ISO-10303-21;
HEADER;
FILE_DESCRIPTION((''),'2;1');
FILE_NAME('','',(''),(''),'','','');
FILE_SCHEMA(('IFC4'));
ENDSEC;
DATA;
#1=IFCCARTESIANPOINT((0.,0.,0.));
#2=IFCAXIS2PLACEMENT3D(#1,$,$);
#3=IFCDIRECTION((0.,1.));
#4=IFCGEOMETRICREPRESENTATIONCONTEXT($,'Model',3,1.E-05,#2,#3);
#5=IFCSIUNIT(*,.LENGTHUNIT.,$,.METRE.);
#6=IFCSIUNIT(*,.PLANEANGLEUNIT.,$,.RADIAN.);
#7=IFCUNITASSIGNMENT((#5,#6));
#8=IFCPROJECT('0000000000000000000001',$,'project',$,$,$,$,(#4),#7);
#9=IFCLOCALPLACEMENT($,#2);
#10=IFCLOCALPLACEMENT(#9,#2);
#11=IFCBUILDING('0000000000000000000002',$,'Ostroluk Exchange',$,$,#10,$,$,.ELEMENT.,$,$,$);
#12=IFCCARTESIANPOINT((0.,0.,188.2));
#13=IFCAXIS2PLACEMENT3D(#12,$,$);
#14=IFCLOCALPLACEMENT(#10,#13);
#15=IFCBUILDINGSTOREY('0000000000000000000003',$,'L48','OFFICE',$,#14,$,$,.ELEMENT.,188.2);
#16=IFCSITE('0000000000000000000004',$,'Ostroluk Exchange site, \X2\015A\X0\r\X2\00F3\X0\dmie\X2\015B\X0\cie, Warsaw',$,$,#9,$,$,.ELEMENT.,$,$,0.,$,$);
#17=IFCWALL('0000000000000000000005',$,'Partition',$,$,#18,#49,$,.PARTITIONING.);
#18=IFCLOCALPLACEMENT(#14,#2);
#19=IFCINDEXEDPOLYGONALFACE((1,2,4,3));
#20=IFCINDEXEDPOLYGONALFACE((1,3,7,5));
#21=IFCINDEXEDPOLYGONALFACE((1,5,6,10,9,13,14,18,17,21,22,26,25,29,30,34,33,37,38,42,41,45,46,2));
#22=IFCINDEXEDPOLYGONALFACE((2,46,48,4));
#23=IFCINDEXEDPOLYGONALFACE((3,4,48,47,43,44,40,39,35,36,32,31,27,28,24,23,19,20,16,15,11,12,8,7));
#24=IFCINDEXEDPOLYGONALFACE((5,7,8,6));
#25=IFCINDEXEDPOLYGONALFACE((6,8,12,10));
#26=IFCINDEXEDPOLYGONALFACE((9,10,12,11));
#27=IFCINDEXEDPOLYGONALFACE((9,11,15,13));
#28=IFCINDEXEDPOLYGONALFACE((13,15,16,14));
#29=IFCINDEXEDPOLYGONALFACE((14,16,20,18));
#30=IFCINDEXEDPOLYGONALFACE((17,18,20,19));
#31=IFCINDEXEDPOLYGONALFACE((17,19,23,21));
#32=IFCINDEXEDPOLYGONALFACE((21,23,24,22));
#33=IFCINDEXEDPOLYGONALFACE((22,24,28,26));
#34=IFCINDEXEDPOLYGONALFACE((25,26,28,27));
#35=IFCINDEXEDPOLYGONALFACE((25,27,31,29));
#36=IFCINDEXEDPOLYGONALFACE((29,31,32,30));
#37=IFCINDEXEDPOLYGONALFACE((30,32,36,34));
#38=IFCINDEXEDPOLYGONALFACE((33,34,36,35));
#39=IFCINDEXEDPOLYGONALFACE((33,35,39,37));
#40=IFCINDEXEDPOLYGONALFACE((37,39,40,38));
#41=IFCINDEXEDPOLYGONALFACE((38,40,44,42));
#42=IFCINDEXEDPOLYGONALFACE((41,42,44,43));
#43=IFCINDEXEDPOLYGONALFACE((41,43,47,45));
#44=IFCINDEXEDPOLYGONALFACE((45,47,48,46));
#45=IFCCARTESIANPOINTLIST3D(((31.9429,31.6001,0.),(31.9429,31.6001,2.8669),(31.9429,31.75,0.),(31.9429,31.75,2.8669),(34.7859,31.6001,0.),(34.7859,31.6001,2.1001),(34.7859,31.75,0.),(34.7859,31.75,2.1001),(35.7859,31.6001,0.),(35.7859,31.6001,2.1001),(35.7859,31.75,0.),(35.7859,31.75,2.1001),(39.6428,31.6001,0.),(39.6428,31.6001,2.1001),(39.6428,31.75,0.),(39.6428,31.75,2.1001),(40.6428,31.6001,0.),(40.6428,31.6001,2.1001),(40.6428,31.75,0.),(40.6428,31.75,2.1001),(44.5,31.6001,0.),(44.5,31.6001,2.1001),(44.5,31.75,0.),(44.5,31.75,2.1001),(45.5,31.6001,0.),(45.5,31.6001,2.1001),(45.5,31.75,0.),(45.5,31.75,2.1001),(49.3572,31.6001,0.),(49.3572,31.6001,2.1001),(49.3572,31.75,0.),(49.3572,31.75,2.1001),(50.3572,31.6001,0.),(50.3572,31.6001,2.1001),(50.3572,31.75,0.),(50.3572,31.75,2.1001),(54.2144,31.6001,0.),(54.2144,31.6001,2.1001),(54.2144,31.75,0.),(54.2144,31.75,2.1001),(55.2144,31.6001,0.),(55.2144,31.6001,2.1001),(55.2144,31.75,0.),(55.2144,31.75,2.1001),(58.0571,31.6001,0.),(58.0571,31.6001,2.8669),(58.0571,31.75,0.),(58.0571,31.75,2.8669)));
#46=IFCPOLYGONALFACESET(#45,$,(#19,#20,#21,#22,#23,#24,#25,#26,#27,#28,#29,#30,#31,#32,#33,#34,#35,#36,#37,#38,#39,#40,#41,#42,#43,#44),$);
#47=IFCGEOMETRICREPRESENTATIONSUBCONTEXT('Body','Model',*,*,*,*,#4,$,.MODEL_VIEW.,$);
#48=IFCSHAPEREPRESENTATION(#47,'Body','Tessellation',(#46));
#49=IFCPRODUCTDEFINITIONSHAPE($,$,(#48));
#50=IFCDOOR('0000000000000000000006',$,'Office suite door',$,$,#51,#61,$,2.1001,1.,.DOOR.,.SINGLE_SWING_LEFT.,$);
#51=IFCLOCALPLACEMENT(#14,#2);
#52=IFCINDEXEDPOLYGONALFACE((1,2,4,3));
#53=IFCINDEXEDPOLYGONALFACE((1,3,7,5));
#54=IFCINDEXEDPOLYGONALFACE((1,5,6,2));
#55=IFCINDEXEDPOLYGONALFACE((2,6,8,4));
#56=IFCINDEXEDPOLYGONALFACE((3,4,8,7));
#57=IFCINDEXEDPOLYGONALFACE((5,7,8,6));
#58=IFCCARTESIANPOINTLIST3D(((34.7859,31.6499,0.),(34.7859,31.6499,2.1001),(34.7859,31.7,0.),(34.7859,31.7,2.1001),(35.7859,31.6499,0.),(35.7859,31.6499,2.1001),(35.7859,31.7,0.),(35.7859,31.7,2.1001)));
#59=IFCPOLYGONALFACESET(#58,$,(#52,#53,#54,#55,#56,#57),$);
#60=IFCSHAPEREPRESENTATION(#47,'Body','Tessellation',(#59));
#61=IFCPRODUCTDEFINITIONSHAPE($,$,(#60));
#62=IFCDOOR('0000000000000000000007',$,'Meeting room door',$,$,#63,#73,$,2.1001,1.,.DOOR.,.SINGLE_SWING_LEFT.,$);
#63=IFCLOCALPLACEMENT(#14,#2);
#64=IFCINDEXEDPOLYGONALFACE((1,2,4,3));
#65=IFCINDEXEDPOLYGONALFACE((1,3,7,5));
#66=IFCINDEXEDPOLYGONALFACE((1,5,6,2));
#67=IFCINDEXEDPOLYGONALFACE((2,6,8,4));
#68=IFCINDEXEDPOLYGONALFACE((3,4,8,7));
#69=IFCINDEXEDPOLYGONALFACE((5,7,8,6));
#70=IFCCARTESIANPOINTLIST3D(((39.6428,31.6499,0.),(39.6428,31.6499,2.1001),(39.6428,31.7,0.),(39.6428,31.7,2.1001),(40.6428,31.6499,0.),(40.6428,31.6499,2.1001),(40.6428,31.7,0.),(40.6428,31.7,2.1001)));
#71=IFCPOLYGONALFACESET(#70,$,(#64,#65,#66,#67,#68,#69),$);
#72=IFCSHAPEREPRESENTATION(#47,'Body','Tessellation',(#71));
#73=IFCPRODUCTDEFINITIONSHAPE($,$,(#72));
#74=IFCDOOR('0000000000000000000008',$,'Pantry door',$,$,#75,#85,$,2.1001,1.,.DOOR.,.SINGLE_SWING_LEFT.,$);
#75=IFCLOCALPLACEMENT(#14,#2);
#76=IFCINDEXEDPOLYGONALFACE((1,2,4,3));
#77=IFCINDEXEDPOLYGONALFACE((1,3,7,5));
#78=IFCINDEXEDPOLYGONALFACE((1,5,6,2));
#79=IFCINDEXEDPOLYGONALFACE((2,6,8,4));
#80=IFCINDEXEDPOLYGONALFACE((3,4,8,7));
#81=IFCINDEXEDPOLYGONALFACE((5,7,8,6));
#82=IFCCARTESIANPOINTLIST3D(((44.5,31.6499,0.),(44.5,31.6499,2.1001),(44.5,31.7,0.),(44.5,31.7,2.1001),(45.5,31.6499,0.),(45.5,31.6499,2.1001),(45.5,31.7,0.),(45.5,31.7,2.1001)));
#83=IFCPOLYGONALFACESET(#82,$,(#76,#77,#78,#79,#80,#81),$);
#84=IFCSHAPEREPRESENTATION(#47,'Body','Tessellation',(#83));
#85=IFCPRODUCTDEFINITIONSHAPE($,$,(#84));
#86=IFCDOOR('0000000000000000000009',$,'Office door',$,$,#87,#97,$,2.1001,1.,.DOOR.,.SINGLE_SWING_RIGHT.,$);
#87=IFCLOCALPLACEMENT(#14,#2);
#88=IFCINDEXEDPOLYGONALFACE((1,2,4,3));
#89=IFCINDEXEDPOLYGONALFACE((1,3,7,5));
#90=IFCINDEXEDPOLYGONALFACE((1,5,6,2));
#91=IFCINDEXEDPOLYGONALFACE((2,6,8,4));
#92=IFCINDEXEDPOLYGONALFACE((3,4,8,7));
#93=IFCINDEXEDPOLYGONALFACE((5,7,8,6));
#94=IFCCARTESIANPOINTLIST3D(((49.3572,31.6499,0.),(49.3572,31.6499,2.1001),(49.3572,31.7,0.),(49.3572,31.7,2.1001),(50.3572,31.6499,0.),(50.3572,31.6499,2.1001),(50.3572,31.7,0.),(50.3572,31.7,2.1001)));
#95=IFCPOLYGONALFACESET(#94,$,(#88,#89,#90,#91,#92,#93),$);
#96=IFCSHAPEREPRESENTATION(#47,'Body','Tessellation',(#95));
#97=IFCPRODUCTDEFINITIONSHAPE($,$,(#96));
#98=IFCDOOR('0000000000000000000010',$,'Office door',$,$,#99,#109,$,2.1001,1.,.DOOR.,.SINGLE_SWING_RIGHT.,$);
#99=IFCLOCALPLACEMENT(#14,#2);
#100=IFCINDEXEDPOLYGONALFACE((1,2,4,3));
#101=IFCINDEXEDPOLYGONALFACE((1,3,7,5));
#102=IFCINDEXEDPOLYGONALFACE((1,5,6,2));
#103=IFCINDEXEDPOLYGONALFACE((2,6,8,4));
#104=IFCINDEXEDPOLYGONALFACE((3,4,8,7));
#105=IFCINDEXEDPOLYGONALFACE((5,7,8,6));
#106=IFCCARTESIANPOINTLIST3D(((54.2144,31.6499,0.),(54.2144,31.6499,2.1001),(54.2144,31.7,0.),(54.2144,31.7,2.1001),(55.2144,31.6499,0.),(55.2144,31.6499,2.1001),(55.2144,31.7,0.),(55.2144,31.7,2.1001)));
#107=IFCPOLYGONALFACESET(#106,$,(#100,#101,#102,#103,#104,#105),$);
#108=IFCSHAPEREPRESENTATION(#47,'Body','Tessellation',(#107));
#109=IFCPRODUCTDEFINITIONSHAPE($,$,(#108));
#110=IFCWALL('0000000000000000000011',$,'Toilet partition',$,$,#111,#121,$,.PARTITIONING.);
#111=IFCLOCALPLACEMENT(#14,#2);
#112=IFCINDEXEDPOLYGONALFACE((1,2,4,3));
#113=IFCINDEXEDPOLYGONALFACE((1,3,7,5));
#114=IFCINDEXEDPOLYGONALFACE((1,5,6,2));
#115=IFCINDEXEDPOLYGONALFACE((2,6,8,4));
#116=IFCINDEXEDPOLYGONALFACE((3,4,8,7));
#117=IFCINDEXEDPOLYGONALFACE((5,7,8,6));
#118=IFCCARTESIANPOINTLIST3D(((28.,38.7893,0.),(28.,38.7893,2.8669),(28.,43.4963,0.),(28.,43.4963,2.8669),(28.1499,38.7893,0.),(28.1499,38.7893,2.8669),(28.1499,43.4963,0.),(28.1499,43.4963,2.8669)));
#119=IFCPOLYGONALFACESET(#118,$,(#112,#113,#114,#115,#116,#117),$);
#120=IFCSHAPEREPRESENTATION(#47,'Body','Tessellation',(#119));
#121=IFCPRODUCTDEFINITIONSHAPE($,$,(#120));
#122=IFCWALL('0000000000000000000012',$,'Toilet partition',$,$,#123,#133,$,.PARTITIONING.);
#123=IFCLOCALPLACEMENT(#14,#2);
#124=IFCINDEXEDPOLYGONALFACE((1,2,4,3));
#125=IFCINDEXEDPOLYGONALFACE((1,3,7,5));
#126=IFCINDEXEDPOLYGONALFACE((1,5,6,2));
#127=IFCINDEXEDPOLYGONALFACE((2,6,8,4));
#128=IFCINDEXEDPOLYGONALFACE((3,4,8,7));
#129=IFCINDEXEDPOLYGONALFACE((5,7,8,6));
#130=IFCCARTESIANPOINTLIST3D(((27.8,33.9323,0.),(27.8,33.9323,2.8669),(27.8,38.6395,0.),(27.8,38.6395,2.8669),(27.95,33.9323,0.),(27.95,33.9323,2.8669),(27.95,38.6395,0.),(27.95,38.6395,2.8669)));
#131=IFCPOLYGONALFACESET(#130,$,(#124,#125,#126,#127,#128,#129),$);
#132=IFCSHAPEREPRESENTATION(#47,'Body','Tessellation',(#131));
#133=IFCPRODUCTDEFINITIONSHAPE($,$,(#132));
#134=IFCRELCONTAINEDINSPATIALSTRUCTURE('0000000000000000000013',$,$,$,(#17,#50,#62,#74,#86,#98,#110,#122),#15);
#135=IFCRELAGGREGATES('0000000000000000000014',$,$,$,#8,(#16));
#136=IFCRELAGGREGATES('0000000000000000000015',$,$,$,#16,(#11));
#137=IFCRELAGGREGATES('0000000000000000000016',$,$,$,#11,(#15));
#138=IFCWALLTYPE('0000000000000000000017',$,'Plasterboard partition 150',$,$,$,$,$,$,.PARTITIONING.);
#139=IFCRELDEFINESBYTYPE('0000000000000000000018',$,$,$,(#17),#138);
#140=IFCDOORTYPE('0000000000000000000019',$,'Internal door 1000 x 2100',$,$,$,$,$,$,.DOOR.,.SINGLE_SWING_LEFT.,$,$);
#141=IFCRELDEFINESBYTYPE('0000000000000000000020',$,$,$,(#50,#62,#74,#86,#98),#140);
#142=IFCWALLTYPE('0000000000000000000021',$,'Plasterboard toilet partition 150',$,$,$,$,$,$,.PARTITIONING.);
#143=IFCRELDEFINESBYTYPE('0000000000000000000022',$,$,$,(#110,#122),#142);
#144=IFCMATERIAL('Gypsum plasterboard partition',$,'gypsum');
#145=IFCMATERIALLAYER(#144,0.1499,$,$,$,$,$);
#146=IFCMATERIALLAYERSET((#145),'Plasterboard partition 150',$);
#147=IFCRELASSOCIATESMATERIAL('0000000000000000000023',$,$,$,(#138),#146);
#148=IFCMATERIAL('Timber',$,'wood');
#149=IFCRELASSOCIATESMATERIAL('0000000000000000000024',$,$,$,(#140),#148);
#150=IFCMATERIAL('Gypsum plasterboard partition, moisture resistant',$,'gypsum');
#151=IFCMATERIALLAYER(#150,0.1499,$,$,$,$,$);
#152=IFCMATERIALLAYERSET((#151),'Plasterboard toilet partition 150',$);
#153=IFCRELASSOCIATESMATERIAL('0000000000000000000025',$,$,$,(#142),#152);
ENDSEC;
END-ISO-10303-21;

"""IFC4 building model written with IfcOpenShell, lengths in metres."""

from ifc_helpers import new_model, si_unit, direction, frame, frame_2d, origin, place, context, subcontext, project, spatial, rectangle, extrude, material, layer, layer_set, type_object, element, fill, save


model = new_model("IFC4")

# Units and contexts
model_context = context("Model", 3, precision=1e-05, world=origin(), true_north=direction((0.0, 1.0)))
body_context = subcontext(model_context, "Body", "Model", "MODEL_VIEW")
ifc_project = project(units=[si_unit("LENGTHUNIT", "METRE"), si_unit("PLANEANGLEUNIT", "RADIAN")], contexts=[model_context])

# Site, building, storey
site_placement = place(None, origin())
site = spatial("IfcSite", under=ifc_project, at=site_placement, Name="Ostroluk Exchange site, Śródmieście, Warsaw", CompositionType="ELEMENT", RefElevation=0.0)
building_placement = place(site_placement, origin())
building = spatial("IfcBuilding", under=site, at=building_placement, Name="Ostroluk Exchange", CompositionType="ELEMENT")
storey_placement = place(building_placement, frame((0.0, 0.0, 188.2)))
storey = spatial("IfcBuildingStorey", under=building, at=storey_placement, Name="L48", Description="OFFICE", CompositionType="ELEMENT", Elevation=188.2)

# Shared definitions
ifc_material_1 = material(Name="Gypsum plasterboard partition", Category="gypsum")
ifc_layer_1 = layer(ifc_material_1, 0.1499)
ifc_layer_set_1 = layer_set([ifc_layer_1], Name="Plasterboard partition 150")
wall_type_1 = type_object("IfcWallType", Name="Plasterboard partition 150", PredefinedType="PARTITIONING", material=ifc_layer_set_1)

# Wall, openings, doors
wall_1_placement = place(storey_placement, frame((31.9429, 31.675, 0.0), z_axis=(0.0, 0.0, 1.0), x_axis=(1.0, 0.0, 0.0)))
wall_1 = element("IfcWall", 1, at=wall_1_placement, inside=storey, type_object=wall_type_1, Name="Partition", PredefinedType="PARTITIONING", context=body_context, shape_type="SweptSolid", body=[
    extrude(rectangle(XDim=26.1143, YDim=0.1499, at=frame_2d((13.0571, 0.0))), origin(), (0.0, 0.0, 1.0), 2.8669),
])
opening_1_placement = place(wall_1_placement, frame((2.843, 0.0, 0.0)))
opening_1 = element("IfcOpeningElement", 2, at=opening_1_placement, cuts=wall_1, PredefinedType="OPENING", context=body_context, shape_type="SweptSolid", body=[
    extrude(rectangle(XDim=1.0, YDim=2.1001, at=frame_2d((0.5, 1.05))), frame((0.0, 0.085, 0.0), z_axis=(0.0, -1.0, 0.0), x_axis=(1.0, 0.0, 0.0)), (0.0, 0.0, 1.0), 0.1699),
])
opening_2_placement = place(wall_1_placement, frame((7.7, 0.0, 0.0)))
opening_2 = element("IfcOpeningElement", 3, at=opening_2_placement, cuts=wall_1, PredefinedType="OPENING", context=body_context, shape_type="SweptSolid", body=[
    extrude(rectangle(XDim=1.0, YDim=2.1001, at=frame_2d((0.5, 1.05))), frame((0.0, 0.085, 0.0), z_axis=(0.0, -1.0, 0.0), x_axis=(1.0, 0.0, 0.0)), (0.0, 0.0, 1.0), 0.1699),
])
opening_3_placement = place(wall_1_placement, frame((12.5571, 0.0, 0.0)))
opening_3 = element("IfcOpeningElement", 4, at=opening_3_placement, cuts=wall_1, PredefinedType="OPENING", context=body_context, shape_type="SweptSolid", body=[
    extrude(rectangle(XDim=1.0, YDim=2.1001, at=frame_2d((0.5, 1.05))), frame((0.0, 0.085, 0.0), z_axis=(0.0, -1.0, 0.0), x_axis=(1.0, 0.0, 0.0)), (0.0, 0.0, 1.0), 0.1699),
])
opening_4_placement = place(wall_1_placement, frame((17.4143, 0.0, 0.0)))
opening_4 = element("IfcOpeningElement", 5, at=opening_4_placement, cuts=wall_1, PredefinedType="OPENING", context=body_context, shape_type="SweptSolid", body=[
    extrude(rectangle(XDim=1.0, YDim=2.1001, at=frame_2d((0.5, 1.05))), frame((0.0, 0.085, 0.0), z_axis=(0.0, -1.0, 0.0), x_axis=(1.0, 0.0, 0.0)), (0.0, 0.0, 1.0), 0.1699),
])
opening_5_placement = place(wall_1_placement, frame((22.2715, 0.0, 0.0)))
opening_5 = element("IfcOpeningElement", 6, at=opening_5_placement, cuts=wall_1, PredefinedType="OPENING", context=body_context, shape_type="SweptSolid", body=[
    extrude(rectangle(XDim=1.0, YDim=2.1001, at=frame_2d((0.5, 1.05))), frame((0.0, 0.085, 0.0), z_axis=(0.0, -1.0, 0.0), x_axis=(1.0, 0.0, 0.0)), (0.0, 0.0, 1.0), 0.1699),
])
ifc_material_2 = material(Name="Timber", Category="wood")
door_type_1 = type_object("IfcDoorType", Name="Internal door 1000 x 2100", OperationType="SINGLE_SWING_LEFT", PredefinedType="DOOR", material=ifc_material_2)
door_1_placement = place(opening_1_placement, origin())
door_1 = element("IfcDoor", 7, at=door_1_placement, inside=storey, type_object=door_type_1, Name="Office suite door", OperationType="SINGLE_SWING_LEFT", OverallHeight=2.1001, OverallWidth=1.0, PredefinedType="DOOR", context=body_context, shape_type="SweptSolid", body=[
    extrude(rectangle(XDim=1.0, YDim=2.1001, at=frame_2d((0.5, 1.05))), frame((0.0, 0.0249, 0.0), z_axis=(0.0, -1.0, 0.0), x_axis=(1.0, 0.0, 0.0)), (0.0, 0.0, 1.0), 0.05),
])
fill(opening_1, door_1)
door_2_placement = place(opening_2_placement, origin())
door_2 = element("IfcDoor", 8, at=door_2_placement, inside=storey, type_object=door_type_1, Name="Meeting room door", OperationType="SINGLE_SWING_LEFT", OverallHeight=2.1001, OverallWidth=1.0, PredefinedType="DOOR", context=body_context, shape_type="SweptSolid", body=[
    extrude(rectangle(XDim=1.0, YDim=2.1001, at=frame_2d((0.5, 1.05))), frame((0.0, 0.0249, 0.0), z_axis=(0.0, -1.0, 0.0), x_axis=(1.0, 0.0, 0.0)), (0.0, 0.0, 1.0), 0.05),
])
fill(opening_2, door_2)
door_3_placement = place(opening_3_placement, origin())
door_3 = element("IfcDoor", 9, at=door_3_placement, inside=storey, type_object=door_type_1, Name="Pantry door", OperationType="SINGLE_SWING_LEFT", OverallHeight=2.1001, OverallWidth=1.0, PredefinedType="DOOR", context=body_context, shape_type="SweptSolid", body=[
    extrude(rectangle(XDim=1.0, YDim=2.1001, at=frame_2d((0.5, 1.05))), frame((0.0, 0.0249, 0.0), z_axis=(0.0, -1.0, 0.0), x_axis=(1.0, 0.0, 0.0)), (0.0, 0.0, 1.0), 0.05),
])
fill(opening_3, door_3)
door_4_placement = place(opening_4_placement, origin())
door_4 = element("IfcDoor", 10, at=door_4_placement, inside=storey, type_object=door_type_1, Name="Office door", OperationType="SINGLE_SWING_RIGHT", OverallHeight=2.1001, OverallWidth=1.0, PredefinedType="DOOR", context=body_context, shape_type="SweptSolid", body=[
    extrude(rectangle(XDim=1.0, YDim=2.1001, at=frame_2d((0.5, 1.05))), frame((0.0, 0.0249, 0.0), z_axis=(0.0, -1.0, 0.0), x_axis=(1.0, 0.0, 0.0)), (0.0, 0.0, 1.0), 0.05),
])
fill(opening_4, door_4)
door_5_placement = place(opening_5_placement, origin())
door_5 = element("IfcDoor", 11, at=door_5_placement, inside=storey, type_object=door_type_1, Name="Office door", OperationType="SINGLE_SWING_RIGHT", OverallHeight=2.1001, OverallWidth=1.0, PredefinedType="DOOR", context=body_context, shape_type="SweptSolid", body=[
    extrude(rectangle(XDim=1.0, YDim=2.1001, at=frame_2d((0.5, 1.05))), frame((0.0, 0.0249, 0.0), z_axis=(0.0, -1.0, 0.0), x_axis=(1.0, 0.0, 0.0)), (0.0, 0.0, 1.0), 0.05),
])
fill(opening_5, door_5)

# Walls
ifc_material_3 = material(Name="Gypsum plasterboard partition, moisture resistant", Category="gypsum")
ifc_layer_2 = layer(ifc_material_3, 0.1499)
ifc_layer_set_2 = layer_set([ifc_layer_2], Name="Plasterboard toilet partition 150")
wall_type_2 = type_object("IfcWallType", Name="Plasterboard toilet partition 150", PredefinedType="PARTITIONING", material=ifc_layer_set_2)
wall_2_placement = place(storey_placement, frame((28.075, 43.4963, 0.0), z_axis=(0.0, 0.0, 1.0), x_axis=(0.0, -1.0, 0.0)))
element("IfcWall", 12, at=wall_2_placement, inside=storey, type_object=wall_type_2, Name="Toilet partition", PredefinedType="PARTITIONING", context=body_context, shape_type="SweptSolid", body=[
    extrude(rectangle(XDim=4.707, YDim=0.1499, at=frame_2d((2.3535, 0.0))), origin(), (0.0, 0.0, 1.0), 2.8669),
])
wall_3_placement = place(storey_placement, frame((27.875, 38.6394, 0.0), z_axis=(0.0, 0.0, 1.0), x_axis=(0.0, -1.0, 0.0)))
element("IfcWall", 13, at=wall_3_placement, inside=storey, type_object=wall_type_2, Name="Toilet partition", PredefinedType="PARTITIONING", context=body_context, shape_type="SweptSolid", body=[
    extrude(rectangle(XDim=4.7073, YDim=0.1499, at=frame_2d((2.3535, 0.0))), origin(), (0.0, 0.0, 1.0), 2.8669),
])

save(model, "model.ifc")
